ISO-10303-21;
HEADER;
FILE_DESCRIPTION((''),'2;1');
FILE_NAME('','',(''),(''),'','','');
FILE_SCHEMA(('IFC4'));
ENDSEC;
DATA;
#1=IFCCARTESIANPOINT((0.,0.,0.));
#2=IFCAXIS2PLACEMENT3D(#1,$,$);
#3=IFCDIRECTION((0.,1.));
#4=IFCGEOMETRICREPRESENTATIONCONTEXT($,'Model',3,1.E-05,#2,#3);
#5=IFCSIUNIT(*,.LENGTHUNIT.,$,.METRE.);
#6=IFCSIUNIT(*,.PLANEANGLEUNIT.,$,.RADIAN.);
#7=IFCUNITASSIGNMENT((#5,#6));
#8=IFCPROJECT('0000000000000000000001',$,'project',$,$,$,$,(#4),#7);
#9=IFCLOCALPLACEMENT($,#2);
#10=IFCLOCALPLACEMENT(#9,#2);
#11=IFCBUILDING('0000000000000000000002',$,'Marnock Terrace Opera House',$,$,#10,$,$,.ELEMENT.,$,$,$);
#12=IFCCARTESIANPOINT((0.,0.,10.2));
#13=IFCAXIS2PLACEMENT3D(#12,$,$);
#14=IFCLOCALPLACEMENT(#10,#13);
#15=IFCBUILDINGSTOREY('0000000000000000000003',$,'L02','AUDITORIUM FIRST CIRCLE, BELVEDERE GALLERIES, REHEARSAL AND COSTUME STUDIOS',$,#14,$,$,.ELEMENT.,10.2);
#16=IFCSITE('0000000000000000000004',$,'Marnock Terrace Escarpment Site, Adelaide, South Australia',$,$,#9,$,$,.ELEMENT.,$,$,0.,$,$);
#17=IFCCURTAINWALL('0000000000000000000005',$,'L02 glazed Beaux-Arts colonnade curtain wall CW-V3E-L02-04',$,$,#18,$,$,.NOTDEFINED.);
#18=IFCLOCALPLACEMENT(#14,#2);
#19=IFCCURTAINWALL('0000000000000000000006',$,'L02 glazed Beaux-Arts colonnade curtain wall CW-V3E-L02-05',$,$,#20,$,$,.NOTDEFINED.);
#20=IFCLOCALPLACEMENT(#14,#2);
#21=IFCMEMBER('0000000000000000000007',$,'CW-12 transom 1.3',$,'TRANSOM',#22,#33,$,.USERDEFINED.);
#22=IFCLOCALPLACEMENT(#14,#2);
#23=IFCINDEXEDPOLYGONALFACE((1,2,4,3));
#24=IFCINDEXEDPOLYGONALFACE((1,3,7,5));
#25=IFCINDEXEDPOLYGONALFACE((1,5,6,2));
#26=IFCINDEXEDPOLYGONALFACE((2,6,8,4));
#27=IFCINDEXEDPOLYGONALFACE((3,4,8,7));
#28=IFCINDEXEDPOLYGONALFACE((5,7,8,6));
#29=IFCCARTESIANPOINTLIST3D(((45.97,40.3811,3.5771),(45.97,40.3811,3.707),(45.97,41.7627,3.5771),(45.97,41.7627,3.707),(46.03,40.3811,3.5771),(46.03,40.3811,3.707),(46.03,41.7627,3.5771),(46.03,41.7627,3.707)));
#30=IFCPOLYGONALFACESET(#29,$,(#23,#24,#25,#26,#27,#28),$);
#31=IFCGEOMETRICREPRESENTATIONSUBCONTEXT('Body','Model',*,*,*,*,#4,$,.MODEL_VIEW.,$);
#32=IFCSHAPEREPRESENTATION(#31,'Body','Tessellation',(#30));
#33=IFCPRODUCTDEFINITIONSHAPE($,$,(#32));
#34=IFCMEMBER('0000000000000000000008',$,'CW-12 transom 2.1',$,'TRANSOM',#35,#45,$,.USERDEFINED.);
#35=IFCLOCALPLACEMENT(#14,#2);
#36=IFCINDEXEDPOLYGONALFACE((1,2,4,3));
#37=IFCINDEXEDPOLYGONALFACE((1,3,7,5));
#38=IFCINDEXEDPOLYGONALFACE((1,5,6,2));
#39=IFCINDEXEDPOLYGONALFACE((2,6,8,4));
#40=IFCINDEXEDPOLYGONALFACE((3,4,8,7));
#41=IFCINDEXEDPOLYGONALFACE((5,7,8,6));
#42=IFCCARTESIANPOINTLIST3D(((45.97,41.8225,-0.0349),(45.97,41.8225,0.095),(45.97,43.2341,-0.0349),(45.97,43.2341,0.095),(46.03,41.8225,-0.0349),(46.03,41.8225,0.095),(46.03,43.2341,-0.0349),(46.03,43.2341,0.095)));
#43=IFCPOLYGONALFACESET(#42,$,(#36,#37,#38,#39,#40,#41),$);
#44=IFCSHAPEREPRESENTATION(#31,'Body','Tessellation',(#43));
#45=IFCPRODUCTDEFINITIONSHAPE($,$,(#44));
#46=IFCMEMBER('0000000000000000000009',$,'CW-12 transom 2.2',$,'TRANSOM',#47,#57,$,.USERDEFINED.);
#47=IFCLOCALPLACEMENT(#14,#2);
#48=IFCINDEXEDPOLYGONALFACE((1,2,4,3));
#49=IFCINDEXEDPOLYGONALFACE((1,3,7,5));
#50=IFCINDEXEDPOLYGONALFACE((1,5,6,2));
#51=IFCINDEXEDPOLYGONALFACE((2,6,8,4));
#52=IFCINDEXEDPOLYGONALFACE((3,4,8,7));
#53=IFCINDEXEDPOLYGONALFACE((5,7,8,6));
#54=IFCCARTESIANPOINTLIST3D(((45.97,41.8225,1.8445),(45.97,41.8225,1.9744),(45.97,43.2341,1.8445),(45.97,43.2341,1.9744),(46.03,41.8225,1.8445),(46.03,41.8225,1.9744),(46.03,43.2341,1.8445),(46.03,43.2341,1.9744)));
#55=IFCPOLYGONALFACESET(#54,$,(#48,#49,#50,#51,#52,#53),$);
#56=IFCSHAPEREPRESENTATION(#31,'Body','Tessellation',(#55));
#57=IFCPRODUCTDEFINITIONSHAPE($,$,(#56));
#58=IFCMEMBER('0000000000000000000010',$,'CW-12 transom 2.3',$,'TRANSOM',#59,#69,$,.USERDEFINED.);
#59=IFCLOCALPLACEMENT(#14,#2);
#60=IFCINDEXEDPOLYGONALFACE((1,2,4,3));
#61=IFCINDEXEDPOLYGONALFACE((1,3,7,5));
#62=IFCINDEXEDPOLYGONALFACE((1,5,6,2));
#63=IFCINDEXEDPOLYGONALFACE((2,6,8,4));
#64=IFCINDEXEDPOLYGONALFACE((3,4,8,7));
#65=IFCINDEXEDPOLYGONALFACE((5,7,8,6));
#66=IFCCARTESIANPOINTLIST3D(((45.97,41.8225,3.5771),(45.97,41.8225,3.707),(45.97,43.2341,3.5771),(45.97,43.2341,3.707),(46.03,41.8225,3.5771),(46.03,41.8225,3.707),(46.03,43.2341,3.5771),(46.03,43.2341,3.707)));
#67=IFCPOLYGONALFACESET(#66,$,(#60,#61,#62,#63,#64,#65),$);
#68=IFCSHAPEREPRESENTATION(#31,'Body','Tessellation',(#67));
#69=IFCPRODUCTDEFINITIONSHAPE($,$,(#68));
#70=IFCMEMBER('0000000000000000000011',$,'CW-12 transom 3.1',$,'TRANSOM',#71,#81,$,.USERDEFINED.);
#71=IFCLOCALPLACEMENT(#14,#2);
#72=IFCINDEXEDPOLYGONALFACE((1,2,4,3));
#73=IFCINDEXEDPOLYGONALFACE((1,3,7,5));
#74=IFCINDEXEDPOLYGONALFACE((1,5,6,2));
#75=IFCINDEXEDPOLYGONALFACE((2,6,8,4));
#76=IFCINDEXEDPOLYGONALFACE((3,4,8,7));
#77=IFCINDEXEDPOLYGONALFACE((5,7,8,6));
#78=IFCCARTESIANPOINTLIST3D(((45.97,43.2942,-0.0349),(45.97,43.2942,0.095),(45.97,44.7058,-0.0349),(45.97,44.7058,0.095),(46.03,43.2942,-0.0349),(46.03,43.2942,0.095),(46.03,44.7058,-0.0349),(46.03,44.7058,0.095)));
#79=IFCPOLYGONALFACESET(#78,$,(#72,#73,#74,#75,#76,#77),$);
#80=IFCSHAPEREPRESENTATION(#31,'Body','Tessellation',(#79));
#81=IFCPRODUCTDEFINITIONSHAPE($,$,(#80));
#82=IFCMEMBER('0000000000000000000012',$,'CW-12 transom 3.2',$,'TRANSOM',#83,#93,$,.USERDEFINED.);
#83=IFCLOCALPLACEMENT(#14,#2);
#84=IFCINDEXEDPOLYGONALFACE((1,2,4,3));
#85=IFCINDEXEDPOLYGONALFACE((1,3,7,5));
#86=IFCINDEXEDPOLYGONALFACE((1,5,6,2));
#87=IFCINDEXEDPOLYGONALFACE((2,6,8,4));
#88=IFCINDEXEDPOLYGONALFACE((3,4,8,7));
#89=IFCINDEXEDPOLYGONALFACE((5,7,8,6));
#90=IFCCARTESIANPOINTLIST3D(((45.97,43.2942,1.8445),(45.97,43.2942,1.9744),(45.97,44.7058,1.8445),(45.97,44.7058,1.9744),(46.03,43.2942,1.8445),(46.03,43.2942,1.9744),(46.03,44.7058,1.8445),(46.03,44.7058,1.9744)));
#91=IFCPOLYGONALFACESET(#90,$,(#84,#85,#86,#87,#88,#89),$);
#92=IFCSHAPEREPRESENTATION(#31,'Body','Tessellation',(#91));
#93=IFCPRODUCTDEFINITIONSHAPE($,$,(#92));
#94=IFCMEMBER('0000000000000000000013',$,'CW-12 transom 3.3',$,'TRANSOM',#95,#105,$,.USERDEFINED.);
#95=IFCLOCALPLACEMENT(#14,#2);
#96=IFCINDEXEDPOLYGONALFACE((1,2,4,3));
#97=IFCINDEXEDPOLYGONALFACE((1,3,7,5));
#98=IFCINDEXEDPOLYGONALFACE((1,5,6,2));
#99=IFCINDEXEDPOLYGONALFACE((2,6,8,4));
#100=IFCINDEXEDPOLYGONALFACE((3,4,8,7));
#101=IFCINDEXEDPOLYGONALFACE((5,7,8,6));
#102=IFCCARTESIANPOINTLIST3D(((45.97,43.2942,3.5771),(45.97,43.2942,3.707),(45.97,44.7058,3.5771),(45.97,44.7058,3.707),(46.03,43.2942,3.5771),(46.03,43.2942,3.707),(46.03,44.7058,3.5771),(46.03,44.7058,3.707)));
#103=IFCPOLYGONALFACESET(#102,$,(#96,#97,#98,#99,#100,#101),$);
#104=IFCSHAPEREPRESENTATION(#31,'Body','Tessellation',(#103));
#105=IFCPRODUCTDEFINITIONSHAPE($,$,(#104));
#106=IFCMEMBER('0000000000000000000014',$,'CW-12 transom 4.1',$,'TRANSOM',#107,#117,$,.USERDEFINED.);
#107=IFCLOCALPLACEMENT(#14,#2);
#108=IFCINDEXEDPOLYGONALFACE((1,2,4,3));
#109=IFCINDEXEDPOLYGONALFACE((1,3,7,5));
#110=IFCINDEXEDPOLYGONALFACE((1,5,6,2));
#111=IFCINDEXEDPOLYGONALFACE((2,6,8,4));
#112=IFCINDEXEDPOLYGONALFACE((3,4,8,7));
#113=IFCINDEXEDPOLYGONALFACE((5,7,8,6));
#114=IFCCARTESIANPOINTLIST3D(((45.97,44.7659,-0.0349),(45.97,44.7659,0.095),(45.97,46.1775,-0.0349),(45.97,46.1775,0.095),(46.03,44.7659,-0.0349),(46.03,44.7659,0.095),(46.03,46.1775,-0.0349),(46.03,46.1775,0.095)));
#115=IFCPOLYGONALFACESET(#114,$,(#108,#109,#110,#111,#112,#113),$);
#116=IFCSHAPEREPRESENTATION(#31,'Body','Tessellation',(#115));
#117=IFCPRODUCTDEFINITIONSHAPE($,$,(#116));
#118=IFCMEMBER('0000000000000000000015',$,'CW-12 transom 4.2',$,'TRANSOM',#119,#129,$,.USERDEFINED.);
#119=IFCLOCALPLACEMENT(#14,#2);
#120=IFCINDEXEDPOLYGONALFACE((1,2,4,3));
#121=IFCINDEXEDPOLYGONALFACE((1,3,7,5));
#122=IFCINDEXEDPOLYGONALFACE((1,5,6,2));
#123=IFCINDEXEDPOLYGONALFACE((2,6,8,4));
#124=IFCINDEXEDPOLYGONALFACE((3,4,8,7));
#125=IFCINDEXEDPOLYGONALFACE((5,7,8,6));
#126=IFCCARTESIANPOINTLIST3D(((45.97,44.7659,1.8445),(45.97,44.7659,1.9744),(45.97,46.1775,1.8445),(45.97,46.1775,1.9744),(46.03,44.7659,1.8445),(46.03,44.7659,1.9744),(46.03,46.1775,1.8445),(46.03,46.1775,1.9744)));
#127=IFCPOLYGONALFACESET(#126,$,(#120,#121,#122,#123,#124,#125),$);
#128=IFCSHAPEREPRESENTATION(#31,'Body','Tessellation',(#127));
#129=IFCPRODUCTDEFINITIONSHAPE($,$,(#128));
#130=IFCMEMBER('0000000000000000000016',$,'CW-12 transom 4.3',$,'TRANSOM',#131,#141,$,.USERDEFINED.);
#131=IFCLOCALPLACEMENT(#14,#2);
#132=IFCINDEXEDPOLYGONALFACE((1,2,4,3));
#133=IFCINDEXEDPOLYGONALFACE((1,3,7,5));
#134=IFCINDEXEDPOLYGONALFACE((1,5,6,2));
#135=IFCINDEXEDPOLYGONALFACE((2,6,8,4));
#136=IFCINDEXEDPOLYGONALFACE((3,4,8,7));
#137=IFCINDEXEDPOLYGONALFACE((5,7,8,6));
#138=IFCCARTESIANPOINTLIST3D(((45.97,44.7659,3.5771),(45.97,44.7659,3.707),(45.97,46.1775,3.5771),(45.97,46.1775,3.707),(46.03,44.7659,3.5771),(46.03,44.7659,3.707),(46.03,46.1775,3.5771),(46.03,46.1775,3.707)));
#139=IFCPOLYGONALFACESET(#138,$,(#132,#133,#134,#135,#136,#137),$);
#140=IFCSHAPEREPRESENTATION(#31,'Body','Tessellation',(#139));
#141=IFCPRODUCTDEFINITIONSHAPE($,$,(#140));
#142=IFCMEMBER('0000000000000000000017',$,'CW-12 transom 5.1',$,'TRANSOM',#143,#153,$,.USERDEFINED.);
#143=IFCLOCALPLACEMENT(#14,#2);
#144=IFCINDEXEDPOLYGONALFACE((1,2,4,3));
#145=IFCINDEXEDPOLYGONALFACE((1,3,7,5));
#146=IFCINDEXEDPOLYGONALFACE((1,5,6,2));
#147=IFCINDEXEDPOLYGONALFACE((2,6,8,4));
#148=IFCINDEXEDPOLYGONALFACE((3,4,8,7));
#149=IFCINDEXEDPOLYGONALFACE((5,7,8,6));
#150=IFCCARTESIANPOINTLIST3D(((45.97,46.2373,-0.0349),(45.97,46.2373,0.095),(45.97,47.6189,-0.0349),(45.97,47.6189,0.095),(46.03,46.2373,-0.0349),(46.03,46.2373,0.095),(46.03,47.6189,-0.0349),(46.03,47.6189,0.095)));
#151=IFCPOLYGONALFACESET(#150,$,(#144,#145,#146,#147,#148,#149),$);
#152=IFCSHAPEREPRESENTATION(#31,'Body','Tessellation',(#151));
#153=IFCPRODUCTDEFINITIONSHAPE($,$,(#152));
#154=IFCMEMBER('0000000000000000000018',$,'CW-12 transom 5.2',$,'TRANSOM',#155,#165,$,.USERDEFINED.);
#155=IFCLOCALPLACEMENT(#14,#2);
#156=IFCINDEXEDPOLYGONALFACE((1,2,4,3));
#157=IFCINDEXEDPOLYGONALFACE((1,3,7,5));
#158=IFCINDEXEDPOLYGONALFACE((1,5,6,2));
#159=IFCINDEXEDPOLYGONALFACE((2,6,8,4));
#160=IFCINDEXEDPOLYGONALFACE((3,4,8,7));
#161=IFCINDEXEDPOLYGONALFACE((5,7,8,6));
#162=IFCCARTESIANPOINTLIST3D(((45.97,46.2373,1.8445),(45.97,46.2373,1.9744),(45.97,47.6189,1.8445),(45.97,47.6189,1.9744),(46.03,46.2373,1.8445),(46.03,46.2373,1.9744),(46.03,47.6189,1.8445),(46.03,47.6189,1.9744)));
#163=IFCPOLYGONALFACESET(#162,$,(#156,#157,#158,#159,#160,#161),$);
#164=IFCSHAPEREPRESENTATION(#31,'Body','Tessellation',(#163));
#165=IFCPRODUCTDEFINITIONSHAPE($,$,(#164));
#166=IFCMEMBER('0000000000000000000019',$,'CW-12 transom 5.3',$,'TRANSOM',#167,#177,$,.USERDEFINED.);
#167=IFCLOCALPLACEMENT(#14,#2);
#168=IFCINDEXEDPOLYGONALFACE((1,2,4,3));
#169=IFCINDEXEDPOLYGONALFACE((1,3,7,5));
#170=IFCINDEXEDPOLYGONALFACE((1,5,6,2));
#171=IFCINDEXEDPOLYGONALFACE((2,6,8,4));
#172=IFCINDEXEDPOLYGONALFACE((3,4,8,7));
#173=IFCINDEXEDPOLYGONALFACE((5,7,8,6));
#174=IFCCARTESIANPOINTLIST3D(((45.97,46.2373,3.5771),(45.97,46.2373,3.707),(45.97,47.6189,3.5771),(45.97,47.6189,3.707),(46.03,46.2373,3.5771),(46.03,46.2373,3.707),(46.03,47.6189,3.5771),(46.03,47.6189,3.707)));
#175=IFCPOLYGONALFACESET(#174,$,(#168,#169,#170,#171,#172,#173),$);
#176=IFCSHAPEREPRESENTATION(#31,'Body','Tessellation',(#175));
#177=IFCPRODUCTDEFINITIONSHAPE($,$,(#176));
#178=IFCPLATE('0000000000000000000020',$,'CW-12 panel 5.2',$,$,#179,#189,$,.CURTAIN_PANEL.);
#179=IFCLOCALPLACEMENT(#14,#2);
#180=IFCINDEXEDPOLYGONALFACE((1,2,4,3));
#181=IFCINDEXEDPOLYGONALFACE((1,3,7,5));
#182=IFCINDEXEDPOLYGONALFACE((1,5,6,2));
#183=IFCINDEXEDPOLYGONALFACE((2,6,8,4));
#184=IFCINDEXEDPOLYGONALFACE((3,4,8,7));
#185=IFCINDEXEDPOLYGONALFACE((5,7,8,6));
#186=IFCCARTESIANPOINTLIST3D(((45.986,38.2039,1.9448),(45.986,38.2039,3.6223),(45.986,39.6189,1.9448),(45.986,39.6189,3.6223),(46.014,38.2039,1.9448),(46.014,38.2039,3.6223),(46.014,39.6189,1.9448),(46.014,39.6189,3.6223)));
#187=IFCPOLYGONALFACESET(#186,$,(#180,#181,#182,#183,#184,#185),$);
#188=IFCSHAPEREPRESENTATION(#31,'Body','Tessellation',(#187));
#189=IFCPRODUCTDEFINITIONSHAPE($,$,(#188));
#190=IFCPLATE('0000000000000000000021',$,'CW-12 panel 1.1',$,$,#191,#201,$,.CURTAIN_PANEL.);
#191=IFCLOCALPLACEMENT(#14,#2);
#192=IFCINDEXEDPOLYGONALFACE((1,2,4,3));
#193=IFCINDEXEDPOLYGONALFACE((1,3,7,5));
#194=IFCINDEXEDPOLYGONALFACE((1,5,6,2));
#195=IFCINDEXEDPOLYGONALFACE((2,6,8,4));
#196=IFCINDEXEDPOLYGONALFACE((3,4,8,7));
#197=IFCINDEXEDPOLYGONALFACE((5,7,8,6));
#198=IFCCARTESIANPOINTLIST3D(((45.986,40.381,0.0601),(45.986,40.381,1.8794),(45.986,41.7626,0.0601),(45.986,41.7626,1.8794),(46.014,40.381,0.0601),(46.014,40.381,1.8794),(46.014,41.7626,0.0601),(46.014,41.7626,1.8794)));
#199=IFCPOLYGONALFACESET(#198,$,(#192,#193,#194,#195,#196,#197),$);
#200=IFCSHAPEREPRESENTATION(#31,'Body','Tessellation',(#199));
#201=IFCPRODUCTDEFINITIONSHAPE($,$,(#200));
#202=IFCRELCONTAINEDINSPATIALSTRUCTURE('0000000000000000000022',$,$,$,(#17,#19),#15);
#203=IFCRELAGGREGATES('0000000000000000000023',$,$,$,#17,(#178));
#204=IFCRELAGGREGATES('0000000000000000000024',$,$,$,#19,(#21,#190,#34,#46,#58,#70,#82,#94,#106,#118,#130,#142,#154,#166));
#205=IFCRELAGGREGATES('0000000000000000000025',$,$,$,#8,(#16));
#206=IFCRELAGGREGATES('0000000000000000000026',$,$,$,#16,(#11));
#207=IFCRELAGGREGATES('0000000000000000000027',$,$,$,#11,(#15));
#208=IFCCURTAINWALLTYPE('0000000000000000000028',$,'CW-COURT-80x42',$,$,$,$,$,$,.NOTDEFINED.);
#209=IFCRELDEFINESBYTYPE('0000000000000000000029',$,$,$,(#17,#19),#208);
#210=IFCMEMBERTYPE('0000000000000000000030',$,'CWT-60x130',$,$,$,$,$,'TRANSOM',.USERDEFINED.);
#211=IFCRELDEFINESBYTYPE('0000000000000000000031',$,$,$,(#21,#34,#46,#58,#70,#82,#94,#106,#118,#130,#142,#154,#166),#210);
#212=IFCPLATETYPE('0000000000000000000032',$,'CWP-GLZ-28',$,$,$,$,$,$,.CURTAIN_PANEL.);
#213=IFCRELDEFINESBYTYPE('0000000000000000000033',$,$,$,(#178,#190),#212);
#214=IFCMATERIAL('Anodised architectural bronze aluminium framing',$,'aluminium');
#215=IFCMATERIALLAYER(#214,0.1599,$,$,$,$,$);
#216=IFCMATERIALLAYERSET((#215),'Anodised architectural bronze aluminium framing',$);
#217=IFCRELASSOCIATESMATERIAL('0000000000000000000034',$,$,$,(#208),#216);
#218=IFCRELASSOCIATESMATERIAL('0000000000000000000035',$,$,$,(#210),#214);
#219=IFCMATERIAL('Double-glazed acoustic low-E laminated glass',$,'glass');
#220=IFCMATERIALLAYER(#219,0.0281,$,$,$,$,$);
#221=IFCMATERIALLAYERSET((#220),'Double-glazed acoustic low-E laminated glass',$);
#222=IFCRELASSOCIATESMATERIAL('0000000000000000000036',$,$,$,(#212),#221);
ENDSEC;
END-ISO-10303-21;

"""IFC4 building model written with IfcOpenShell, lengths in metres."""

from ifc_helpers import new_model, si_unit, direction, frame, origin, origin_2d, place, context, subcontext, project, spatial, rectangle, extrude, material, layer, layer_set, material_profile, profile_set, type_object, element, aggregate, save


model = new_model("IFC4")

# Units and contexts
model_context = context("Model", 3, precision=1e-05, world=origin(), true_north=direction((0.0, 1.0)))
body_context = subcontext(model_context, "Body", "Model", "MODEL_VIEW")
ifc_project = project(units=[si_unit("LENGTHUNIT", "METRE"), si_unit("PLANEANGLEUNIT", "RADIAN")], contexts=[model_context])

# Site, building, storey
site_placement = place(None, origin())
site = spatial("IfcSite", under=ifc_project, at=site_placement, Name="Marnock Terrace Escarpment Site, Adelaide, South Australia", CompositionType="ELEMENT", RefElevation=0.0)
building_placement = place(site_placement, origin())
building = spatial("IfcBuilding", under=site, at=building_placement, Name="Marnock Terrace Opera House", CompositionType="ELEMENT")
storey_placement = place(building_placement, frame((0.0, 0.0, 10.2)))
storey = spatial("IfcBuildingStorey", under=building, at=storey_placement, Name="L02", Description="AUDITORIUM FIRST CIRCLE, BELVEDERE GALLERIES, REHEARSAL AND COSTUME STUDIOS", CompositionType="ELEMENT", Elevation=10.2)

# Curtain wall
ifc_material_1 = material(Name="Anodised architectural bronze aluminium framing", Category="aluminium")
ifc_layer_1 = layer(ifc_material_1, 0.1599)
ifc_layer_set_1 = layer_set([ifc_layer_1], Name="Anodised architectural bronze aluminium framing")
curtain_wall_type = type_object("IfcCurtainWallType", Name="CW-COURT-80x42", PredefinedType="NOTDEFINED", material=ifc_layer_set_1)
curtain_wall_1_placement = place(storey_placement, origin())
curtain_wall_1 = element("IfcCurtainWall", 1, at=curtain_wall_1_placement, inside=storey, type_object=curtain_wall_type, Name="L02 glazed Beaux-Arts colonnade curtain wall CW-V3E-L02-04", PredefinedType="NOTDEFINED")

# Curtain wall, members
curtain_wall_2_placement = place(storey_placement, origin())
curtain_wall_2 = element("IfcCurtainWall", 2, at=curtain_wall_2_placement, inside=storey, type_object=curtain_wall_type, Name="L02 glazed Beaux-Arts colonnade curtain wall CW-V3E-L02-05", PredefinedType="NOTDEFINED")
ifc_material_profile_1 = material_profile(ifc_material_1, rectangle(XDim=0.0601, YDim=0.1299, at=origin_2d()))
ifc_profile_set_1 = profile_set([ifc_material_profile_1], Name="Anodised architectural bronze aluminium framing")
member_type_1 = type_object("IfcMemberType", Name="CWT-60x130", ElementType="TRANSOM", PredefinedType="USERDEFINED", material=ifc_profile_set_1)
member_1_placement = place(storey_placement, frame((46.0, 40.3811, 3.6421), z_axis=(0.0, 1.0, 0.0), x_axis=(-1.0, 0.0, 0.0)))
member_1 = element("IfcMember", 3, at=member_1_placement, type_object=member_type_1, Name="CW-12 transom 1.3", ObjectType="TRANSOM", PredefinedType="USERDEFINED", context=body_context, shape_type="SweptSolid", body=[
    extrude(rectangle(XDim=0.0601, YDim=0.1299, at=origin_2d()), origin(), (0.0, 0.0, 1.0), 1.3816),
])
member_2_placement = place(storey_placement, frame((46.0, 41.8225, 0.03), z_axis=(0.0, 1.0, 0.0), x_axis=(-1.0, 0.0, 0.0)))
member_2 = element("IfcMember", 4, at=member_2_placement, type_object=member_type_1, Name="CW-12 transom 2.1", ObjectType="TRANSOM", PredefinedType="USERDEFINED", context=body_context, shape_type="SweptSolid", body=[
    extrude(rectangle(XDim=0.0601, YDim=0.1299, at=origin_2d()), origin(), (0.0, 0.0, 1.0), 1.4116),
])
member_3_placement = place(storey_placement, frame((46.0, 41.8225, 1.9094), z_axis=(0.0, 1.0, 0.0), x_axis=(-1.0, 0.0, 0.0)))
member_3 = element("IfcMember", 5, at=member_3_placement, type_object=member_type_1, Name="CW-12 transom 2.2", ObjectType="TRANSOM", PredefinedType="USERDEFINED", context=body_context, shape_type="SweptSolid", body=[
    extrude(rectangle(XDim=0.0601, YDim=0.1299, at=origin_2d()), origin(), (0.0, 0.0, 1.0), 1.4116),
])
member_4_placement = place(storey_placement, frame((46.0, 41.8225, 3.6421), z_axis=(0.0, 1.0, 0.0), x_axis=(-1.0, 0.0, 0.0)))
member_4 = element("IfcMember", 6, at=member_4_placement, type_object=member_type_1, Name="CW-12 transom 2.3", ObjectType="TRANSOM", PredefinedType="USERDEFINED", context=body_context, shape_type="SweptSolid", body=[
    extrude(rectangle(XDim=0.0601, YDim=0.1299, at=origin_2d()), origin(), (0.0, 0.0, 1.0), 1.4116),
])
member_5_placement = place(storey_placement, frame((46.0, 43.2942, 0.03), z_axis=(0.0, 1.0, 0.0), x_axis=(-1.0, 0.0, 0.0)))
member_5 = element("IfcMember", 7, at=member_5_placement, type_object=member_type_1, Name="CW-12 transom 3.1", ObjectType="TRANSOM", PredefinedType="USERDEFINED", context=body_context, shape_type="SweptSolid", body=[
    extrude(rectangle(XDim=0.0601, YDim=0.1299, at=origin_2d()), origin(), (0.0, 0.0, 1.0), 1.4116),
])
member_6_placement = place(storey_placement, frame((46.0, 43.2942, 1.9094), z_axis=(0.0, 1.0, 0.0), x_axis=(-1.0, 0.0, 0.0)))
member_6 = element("IfcMember", 8, at=member_6_placement, type_object=member_type_1, Name="CW-12 transom 3.2", ObjectType="TRANSOM", PredefinedType="USERDEFINED", context=body_context, shape_type="SweptSolid", body=[
    extrude(rectangle(XDim=0.0601, YDim=0.1299, at=origin_2d()), origin(), (0.0, 0.0, 1.0), 1.4116),
])
member_7_placement = place(storey_placement, frame((46.0, 43.2942, 3.6421), z_axis=(0.0, 1.0, 0.0), x_axis=(-1.0, 0.0, 0.0)))
member_7 = element("IfcMember", 9, at=member_7_placement, type_object=member_type_1, Name="CW-12 transom 3.3", ObjectType="TRANSOM", PredefinedType="USERDEFINED", context=body_context, shape_type="SweptSolid", body=[
    extrude(rectangle(XDim=0.0601, YDim=0.1299, at=origin_2d()), origin(), (0.0, 0.0, 1.0), 1.4116),
])
member_8_placement = place(storey_placement, frame((46.0, 44.7659, 0.03), z_axis=(0.0, 1.0, 0.0), x_axis=(-1.0, 0.0, 0.0)))
member_8 = element("IfcMember", 10, at=member_8_placement, type_object=member_type_1, Name="CW-12 transom 4.1", ObjectType="TRANSOM", PredefinedType="USERDEFINED", context=body_context, shape_type="SweptSolid", body=[
    extrude(rectangle(XDim=0.0601, YDim=0.1299, at=origin_2d()), origin(), (0.0, 0.0, 1.0), 1.4116),
])
member_9_placement = place(storey_placement, frame((46.0, 44.7659, 1.9094), z_axis=(0.0, 1.0, 0.0), x_axis=(-1.0, 0.0, 0.0)))
member_9 = element("IfcMember", 11, at=member_9_placement, type_object=member_type_1, Name="CW-12 transom 4.2", ObjectType="TRANSOM", PredefinedType="USERDEFINED", context=body_context, shape_type="SweptSolid", body=[
    extrude(rectangle(XDim=0.0601, YDim=0.1299, at=origin_2d()), origin(), (0.0, 0.0, 1.0), 1.4116),
])
member_10_placement = place(storey_placement, frame((46.0, 44.7659, 3.6421), z_axis=(0.0, 1.0, 0.0), x_axis=(-1.0, 0.0, 0.0)))
member_10 = element("IfcMember", 12, at=member_10_placement, type_object=member_type_1, Name="CW-12 transom 4.3", ObjectType="TRANSOM", PredefinedType="USERDEFINED", context=body_context, shape_type="SweptSolid", body=[
    extrude(rectangle(XDim=0.0601, YDim=0.1299, at=origin_2d()), origin(), (0.0, 0.0, 1.0), 1.4116),
])
member_11_placement = place(storey_placement, frame((46.0, 46.2373, 0.03), z_axis=(0.0, 1.0, 0.0), x_axis=(-1.0, 0.0, 0.0)))
member_11 = element("IfcMember", 13, at=member_11_placement, type_object=member_type_1, Name="CW-12 transom 5.1", ObjectType="TRANSOM", PredefinedType="USERDEFINED", context=body_context, shape_type="SweptSolid", body=[
    extrude(rectangle(XDim=0.0601, YDim=0.1299, at=origin_2d()), origin(), (0.0, 0.0, 1.0), 1.3816),
])
member_12_placement = place(storey_placement, frame((46.0, 46.2373, 1.9094), z_axis=(0.0, 1.0, 0.0), x_axis=(-1.0, 0.0, 0.0)))
member_12 = element("IfcMember", 14, at=member_12_placement, type_object=member_type_1, Name="CW-12 transom 5.2", ObjectType="TRANSOM", PredefinedType="USERDEFINED", context=body_context, shape_type="SweptSolid", body=[
    extrude(rectangle(XDim=0.0601, YDim=0.1299, at=origin_2d()), origin(), (0.0, 0.0, 1.0), 1.3816),
])
member_13_placement = place(storey_placement, frame((46.0, 46.2373, 3.6421), z_axis=(0.0, 1.0, 0.0), x_axis=(-1.0, 0.0, 0.0)))
member_13 = element("IfcMember", 15, at=member_13_placement, type_object=member_type_1, Name="CW-12 transom 5.3", ObjectType="TRANSOM", PredefinedType="USERDEFINED", context=body_context, shape_type="SweptSolid", body=[
    extrude(rectangle(XDim=0.0601, YDim=0.1299, at=origin_2d()), origin(), (0.0, 0.0, 1.0), 1.3816),
])

# Plates
ifc_material_2 = material(Name="Double-glazed acoustic low-E laminated glass", Category="glass")
ifc_layer_2 = layer(ifc_material_2, 0.0281)
ifc_layer_set_2 = layer_set([ifc_layer_2], Name="Double-glazed acoustic low-E laminated glass")
plate_type = type_object("IfcPlateType", Name="CWP-GLZ-28", PredefinedType="CURTAIN_PANEL", material=ifc_layer_set_2)
plate_1_placement = place(storey_placement, frame((46.0, 38.9114, 1.9448), z_axis=(0.0, 0.0, 1.0), x_axis=(0.0, 1.0, 0.0)))
plate_1 = element("IfcPlate", 16, at=plate_1_placement, type_object=plate_type, Name="CW-12 panel 5.2", PredefinedType="CURTAIN_PANEL", context=body_context, shape_type="SweptSolid", body=[
    extrude(rectangle(XDim=1.415, YDim=0.0281, at=origin_2d()), origin(), (0.0, 0.0, 1.0), 1.6775),
])
aggregate(curtain_wall_1, [plate_1])
plate_2_placement = place(storey_placement, frame((46.0, 41.0718, 0.0601), z_axis=(0.0, 0.0, 1.0), x_axis=(0.0, 1.0, 0.0)))
plate_2 = element("IfcPlate", 17, at=plate_2_placement, type_object=plate_type, Name="CW-12 panel 1.1", PredefinedType="CURTAIN_PANEL", context=body_context, shape_type="SweptSolid", body=[
    extrude(rectangle(XDim=1.3816, YDim=0.0281, at=origin_2d()), origin(), (0.0, 0.0, 1.0), 1.8193),
])
aggregate(curtain_wall_2, [member_1, plate_2, member_2, member_3, member_4, member_5, member_6, member_7, member_8, member_9, member_10, member_11, member_12, member_13])

save(model, "model.ifc")
